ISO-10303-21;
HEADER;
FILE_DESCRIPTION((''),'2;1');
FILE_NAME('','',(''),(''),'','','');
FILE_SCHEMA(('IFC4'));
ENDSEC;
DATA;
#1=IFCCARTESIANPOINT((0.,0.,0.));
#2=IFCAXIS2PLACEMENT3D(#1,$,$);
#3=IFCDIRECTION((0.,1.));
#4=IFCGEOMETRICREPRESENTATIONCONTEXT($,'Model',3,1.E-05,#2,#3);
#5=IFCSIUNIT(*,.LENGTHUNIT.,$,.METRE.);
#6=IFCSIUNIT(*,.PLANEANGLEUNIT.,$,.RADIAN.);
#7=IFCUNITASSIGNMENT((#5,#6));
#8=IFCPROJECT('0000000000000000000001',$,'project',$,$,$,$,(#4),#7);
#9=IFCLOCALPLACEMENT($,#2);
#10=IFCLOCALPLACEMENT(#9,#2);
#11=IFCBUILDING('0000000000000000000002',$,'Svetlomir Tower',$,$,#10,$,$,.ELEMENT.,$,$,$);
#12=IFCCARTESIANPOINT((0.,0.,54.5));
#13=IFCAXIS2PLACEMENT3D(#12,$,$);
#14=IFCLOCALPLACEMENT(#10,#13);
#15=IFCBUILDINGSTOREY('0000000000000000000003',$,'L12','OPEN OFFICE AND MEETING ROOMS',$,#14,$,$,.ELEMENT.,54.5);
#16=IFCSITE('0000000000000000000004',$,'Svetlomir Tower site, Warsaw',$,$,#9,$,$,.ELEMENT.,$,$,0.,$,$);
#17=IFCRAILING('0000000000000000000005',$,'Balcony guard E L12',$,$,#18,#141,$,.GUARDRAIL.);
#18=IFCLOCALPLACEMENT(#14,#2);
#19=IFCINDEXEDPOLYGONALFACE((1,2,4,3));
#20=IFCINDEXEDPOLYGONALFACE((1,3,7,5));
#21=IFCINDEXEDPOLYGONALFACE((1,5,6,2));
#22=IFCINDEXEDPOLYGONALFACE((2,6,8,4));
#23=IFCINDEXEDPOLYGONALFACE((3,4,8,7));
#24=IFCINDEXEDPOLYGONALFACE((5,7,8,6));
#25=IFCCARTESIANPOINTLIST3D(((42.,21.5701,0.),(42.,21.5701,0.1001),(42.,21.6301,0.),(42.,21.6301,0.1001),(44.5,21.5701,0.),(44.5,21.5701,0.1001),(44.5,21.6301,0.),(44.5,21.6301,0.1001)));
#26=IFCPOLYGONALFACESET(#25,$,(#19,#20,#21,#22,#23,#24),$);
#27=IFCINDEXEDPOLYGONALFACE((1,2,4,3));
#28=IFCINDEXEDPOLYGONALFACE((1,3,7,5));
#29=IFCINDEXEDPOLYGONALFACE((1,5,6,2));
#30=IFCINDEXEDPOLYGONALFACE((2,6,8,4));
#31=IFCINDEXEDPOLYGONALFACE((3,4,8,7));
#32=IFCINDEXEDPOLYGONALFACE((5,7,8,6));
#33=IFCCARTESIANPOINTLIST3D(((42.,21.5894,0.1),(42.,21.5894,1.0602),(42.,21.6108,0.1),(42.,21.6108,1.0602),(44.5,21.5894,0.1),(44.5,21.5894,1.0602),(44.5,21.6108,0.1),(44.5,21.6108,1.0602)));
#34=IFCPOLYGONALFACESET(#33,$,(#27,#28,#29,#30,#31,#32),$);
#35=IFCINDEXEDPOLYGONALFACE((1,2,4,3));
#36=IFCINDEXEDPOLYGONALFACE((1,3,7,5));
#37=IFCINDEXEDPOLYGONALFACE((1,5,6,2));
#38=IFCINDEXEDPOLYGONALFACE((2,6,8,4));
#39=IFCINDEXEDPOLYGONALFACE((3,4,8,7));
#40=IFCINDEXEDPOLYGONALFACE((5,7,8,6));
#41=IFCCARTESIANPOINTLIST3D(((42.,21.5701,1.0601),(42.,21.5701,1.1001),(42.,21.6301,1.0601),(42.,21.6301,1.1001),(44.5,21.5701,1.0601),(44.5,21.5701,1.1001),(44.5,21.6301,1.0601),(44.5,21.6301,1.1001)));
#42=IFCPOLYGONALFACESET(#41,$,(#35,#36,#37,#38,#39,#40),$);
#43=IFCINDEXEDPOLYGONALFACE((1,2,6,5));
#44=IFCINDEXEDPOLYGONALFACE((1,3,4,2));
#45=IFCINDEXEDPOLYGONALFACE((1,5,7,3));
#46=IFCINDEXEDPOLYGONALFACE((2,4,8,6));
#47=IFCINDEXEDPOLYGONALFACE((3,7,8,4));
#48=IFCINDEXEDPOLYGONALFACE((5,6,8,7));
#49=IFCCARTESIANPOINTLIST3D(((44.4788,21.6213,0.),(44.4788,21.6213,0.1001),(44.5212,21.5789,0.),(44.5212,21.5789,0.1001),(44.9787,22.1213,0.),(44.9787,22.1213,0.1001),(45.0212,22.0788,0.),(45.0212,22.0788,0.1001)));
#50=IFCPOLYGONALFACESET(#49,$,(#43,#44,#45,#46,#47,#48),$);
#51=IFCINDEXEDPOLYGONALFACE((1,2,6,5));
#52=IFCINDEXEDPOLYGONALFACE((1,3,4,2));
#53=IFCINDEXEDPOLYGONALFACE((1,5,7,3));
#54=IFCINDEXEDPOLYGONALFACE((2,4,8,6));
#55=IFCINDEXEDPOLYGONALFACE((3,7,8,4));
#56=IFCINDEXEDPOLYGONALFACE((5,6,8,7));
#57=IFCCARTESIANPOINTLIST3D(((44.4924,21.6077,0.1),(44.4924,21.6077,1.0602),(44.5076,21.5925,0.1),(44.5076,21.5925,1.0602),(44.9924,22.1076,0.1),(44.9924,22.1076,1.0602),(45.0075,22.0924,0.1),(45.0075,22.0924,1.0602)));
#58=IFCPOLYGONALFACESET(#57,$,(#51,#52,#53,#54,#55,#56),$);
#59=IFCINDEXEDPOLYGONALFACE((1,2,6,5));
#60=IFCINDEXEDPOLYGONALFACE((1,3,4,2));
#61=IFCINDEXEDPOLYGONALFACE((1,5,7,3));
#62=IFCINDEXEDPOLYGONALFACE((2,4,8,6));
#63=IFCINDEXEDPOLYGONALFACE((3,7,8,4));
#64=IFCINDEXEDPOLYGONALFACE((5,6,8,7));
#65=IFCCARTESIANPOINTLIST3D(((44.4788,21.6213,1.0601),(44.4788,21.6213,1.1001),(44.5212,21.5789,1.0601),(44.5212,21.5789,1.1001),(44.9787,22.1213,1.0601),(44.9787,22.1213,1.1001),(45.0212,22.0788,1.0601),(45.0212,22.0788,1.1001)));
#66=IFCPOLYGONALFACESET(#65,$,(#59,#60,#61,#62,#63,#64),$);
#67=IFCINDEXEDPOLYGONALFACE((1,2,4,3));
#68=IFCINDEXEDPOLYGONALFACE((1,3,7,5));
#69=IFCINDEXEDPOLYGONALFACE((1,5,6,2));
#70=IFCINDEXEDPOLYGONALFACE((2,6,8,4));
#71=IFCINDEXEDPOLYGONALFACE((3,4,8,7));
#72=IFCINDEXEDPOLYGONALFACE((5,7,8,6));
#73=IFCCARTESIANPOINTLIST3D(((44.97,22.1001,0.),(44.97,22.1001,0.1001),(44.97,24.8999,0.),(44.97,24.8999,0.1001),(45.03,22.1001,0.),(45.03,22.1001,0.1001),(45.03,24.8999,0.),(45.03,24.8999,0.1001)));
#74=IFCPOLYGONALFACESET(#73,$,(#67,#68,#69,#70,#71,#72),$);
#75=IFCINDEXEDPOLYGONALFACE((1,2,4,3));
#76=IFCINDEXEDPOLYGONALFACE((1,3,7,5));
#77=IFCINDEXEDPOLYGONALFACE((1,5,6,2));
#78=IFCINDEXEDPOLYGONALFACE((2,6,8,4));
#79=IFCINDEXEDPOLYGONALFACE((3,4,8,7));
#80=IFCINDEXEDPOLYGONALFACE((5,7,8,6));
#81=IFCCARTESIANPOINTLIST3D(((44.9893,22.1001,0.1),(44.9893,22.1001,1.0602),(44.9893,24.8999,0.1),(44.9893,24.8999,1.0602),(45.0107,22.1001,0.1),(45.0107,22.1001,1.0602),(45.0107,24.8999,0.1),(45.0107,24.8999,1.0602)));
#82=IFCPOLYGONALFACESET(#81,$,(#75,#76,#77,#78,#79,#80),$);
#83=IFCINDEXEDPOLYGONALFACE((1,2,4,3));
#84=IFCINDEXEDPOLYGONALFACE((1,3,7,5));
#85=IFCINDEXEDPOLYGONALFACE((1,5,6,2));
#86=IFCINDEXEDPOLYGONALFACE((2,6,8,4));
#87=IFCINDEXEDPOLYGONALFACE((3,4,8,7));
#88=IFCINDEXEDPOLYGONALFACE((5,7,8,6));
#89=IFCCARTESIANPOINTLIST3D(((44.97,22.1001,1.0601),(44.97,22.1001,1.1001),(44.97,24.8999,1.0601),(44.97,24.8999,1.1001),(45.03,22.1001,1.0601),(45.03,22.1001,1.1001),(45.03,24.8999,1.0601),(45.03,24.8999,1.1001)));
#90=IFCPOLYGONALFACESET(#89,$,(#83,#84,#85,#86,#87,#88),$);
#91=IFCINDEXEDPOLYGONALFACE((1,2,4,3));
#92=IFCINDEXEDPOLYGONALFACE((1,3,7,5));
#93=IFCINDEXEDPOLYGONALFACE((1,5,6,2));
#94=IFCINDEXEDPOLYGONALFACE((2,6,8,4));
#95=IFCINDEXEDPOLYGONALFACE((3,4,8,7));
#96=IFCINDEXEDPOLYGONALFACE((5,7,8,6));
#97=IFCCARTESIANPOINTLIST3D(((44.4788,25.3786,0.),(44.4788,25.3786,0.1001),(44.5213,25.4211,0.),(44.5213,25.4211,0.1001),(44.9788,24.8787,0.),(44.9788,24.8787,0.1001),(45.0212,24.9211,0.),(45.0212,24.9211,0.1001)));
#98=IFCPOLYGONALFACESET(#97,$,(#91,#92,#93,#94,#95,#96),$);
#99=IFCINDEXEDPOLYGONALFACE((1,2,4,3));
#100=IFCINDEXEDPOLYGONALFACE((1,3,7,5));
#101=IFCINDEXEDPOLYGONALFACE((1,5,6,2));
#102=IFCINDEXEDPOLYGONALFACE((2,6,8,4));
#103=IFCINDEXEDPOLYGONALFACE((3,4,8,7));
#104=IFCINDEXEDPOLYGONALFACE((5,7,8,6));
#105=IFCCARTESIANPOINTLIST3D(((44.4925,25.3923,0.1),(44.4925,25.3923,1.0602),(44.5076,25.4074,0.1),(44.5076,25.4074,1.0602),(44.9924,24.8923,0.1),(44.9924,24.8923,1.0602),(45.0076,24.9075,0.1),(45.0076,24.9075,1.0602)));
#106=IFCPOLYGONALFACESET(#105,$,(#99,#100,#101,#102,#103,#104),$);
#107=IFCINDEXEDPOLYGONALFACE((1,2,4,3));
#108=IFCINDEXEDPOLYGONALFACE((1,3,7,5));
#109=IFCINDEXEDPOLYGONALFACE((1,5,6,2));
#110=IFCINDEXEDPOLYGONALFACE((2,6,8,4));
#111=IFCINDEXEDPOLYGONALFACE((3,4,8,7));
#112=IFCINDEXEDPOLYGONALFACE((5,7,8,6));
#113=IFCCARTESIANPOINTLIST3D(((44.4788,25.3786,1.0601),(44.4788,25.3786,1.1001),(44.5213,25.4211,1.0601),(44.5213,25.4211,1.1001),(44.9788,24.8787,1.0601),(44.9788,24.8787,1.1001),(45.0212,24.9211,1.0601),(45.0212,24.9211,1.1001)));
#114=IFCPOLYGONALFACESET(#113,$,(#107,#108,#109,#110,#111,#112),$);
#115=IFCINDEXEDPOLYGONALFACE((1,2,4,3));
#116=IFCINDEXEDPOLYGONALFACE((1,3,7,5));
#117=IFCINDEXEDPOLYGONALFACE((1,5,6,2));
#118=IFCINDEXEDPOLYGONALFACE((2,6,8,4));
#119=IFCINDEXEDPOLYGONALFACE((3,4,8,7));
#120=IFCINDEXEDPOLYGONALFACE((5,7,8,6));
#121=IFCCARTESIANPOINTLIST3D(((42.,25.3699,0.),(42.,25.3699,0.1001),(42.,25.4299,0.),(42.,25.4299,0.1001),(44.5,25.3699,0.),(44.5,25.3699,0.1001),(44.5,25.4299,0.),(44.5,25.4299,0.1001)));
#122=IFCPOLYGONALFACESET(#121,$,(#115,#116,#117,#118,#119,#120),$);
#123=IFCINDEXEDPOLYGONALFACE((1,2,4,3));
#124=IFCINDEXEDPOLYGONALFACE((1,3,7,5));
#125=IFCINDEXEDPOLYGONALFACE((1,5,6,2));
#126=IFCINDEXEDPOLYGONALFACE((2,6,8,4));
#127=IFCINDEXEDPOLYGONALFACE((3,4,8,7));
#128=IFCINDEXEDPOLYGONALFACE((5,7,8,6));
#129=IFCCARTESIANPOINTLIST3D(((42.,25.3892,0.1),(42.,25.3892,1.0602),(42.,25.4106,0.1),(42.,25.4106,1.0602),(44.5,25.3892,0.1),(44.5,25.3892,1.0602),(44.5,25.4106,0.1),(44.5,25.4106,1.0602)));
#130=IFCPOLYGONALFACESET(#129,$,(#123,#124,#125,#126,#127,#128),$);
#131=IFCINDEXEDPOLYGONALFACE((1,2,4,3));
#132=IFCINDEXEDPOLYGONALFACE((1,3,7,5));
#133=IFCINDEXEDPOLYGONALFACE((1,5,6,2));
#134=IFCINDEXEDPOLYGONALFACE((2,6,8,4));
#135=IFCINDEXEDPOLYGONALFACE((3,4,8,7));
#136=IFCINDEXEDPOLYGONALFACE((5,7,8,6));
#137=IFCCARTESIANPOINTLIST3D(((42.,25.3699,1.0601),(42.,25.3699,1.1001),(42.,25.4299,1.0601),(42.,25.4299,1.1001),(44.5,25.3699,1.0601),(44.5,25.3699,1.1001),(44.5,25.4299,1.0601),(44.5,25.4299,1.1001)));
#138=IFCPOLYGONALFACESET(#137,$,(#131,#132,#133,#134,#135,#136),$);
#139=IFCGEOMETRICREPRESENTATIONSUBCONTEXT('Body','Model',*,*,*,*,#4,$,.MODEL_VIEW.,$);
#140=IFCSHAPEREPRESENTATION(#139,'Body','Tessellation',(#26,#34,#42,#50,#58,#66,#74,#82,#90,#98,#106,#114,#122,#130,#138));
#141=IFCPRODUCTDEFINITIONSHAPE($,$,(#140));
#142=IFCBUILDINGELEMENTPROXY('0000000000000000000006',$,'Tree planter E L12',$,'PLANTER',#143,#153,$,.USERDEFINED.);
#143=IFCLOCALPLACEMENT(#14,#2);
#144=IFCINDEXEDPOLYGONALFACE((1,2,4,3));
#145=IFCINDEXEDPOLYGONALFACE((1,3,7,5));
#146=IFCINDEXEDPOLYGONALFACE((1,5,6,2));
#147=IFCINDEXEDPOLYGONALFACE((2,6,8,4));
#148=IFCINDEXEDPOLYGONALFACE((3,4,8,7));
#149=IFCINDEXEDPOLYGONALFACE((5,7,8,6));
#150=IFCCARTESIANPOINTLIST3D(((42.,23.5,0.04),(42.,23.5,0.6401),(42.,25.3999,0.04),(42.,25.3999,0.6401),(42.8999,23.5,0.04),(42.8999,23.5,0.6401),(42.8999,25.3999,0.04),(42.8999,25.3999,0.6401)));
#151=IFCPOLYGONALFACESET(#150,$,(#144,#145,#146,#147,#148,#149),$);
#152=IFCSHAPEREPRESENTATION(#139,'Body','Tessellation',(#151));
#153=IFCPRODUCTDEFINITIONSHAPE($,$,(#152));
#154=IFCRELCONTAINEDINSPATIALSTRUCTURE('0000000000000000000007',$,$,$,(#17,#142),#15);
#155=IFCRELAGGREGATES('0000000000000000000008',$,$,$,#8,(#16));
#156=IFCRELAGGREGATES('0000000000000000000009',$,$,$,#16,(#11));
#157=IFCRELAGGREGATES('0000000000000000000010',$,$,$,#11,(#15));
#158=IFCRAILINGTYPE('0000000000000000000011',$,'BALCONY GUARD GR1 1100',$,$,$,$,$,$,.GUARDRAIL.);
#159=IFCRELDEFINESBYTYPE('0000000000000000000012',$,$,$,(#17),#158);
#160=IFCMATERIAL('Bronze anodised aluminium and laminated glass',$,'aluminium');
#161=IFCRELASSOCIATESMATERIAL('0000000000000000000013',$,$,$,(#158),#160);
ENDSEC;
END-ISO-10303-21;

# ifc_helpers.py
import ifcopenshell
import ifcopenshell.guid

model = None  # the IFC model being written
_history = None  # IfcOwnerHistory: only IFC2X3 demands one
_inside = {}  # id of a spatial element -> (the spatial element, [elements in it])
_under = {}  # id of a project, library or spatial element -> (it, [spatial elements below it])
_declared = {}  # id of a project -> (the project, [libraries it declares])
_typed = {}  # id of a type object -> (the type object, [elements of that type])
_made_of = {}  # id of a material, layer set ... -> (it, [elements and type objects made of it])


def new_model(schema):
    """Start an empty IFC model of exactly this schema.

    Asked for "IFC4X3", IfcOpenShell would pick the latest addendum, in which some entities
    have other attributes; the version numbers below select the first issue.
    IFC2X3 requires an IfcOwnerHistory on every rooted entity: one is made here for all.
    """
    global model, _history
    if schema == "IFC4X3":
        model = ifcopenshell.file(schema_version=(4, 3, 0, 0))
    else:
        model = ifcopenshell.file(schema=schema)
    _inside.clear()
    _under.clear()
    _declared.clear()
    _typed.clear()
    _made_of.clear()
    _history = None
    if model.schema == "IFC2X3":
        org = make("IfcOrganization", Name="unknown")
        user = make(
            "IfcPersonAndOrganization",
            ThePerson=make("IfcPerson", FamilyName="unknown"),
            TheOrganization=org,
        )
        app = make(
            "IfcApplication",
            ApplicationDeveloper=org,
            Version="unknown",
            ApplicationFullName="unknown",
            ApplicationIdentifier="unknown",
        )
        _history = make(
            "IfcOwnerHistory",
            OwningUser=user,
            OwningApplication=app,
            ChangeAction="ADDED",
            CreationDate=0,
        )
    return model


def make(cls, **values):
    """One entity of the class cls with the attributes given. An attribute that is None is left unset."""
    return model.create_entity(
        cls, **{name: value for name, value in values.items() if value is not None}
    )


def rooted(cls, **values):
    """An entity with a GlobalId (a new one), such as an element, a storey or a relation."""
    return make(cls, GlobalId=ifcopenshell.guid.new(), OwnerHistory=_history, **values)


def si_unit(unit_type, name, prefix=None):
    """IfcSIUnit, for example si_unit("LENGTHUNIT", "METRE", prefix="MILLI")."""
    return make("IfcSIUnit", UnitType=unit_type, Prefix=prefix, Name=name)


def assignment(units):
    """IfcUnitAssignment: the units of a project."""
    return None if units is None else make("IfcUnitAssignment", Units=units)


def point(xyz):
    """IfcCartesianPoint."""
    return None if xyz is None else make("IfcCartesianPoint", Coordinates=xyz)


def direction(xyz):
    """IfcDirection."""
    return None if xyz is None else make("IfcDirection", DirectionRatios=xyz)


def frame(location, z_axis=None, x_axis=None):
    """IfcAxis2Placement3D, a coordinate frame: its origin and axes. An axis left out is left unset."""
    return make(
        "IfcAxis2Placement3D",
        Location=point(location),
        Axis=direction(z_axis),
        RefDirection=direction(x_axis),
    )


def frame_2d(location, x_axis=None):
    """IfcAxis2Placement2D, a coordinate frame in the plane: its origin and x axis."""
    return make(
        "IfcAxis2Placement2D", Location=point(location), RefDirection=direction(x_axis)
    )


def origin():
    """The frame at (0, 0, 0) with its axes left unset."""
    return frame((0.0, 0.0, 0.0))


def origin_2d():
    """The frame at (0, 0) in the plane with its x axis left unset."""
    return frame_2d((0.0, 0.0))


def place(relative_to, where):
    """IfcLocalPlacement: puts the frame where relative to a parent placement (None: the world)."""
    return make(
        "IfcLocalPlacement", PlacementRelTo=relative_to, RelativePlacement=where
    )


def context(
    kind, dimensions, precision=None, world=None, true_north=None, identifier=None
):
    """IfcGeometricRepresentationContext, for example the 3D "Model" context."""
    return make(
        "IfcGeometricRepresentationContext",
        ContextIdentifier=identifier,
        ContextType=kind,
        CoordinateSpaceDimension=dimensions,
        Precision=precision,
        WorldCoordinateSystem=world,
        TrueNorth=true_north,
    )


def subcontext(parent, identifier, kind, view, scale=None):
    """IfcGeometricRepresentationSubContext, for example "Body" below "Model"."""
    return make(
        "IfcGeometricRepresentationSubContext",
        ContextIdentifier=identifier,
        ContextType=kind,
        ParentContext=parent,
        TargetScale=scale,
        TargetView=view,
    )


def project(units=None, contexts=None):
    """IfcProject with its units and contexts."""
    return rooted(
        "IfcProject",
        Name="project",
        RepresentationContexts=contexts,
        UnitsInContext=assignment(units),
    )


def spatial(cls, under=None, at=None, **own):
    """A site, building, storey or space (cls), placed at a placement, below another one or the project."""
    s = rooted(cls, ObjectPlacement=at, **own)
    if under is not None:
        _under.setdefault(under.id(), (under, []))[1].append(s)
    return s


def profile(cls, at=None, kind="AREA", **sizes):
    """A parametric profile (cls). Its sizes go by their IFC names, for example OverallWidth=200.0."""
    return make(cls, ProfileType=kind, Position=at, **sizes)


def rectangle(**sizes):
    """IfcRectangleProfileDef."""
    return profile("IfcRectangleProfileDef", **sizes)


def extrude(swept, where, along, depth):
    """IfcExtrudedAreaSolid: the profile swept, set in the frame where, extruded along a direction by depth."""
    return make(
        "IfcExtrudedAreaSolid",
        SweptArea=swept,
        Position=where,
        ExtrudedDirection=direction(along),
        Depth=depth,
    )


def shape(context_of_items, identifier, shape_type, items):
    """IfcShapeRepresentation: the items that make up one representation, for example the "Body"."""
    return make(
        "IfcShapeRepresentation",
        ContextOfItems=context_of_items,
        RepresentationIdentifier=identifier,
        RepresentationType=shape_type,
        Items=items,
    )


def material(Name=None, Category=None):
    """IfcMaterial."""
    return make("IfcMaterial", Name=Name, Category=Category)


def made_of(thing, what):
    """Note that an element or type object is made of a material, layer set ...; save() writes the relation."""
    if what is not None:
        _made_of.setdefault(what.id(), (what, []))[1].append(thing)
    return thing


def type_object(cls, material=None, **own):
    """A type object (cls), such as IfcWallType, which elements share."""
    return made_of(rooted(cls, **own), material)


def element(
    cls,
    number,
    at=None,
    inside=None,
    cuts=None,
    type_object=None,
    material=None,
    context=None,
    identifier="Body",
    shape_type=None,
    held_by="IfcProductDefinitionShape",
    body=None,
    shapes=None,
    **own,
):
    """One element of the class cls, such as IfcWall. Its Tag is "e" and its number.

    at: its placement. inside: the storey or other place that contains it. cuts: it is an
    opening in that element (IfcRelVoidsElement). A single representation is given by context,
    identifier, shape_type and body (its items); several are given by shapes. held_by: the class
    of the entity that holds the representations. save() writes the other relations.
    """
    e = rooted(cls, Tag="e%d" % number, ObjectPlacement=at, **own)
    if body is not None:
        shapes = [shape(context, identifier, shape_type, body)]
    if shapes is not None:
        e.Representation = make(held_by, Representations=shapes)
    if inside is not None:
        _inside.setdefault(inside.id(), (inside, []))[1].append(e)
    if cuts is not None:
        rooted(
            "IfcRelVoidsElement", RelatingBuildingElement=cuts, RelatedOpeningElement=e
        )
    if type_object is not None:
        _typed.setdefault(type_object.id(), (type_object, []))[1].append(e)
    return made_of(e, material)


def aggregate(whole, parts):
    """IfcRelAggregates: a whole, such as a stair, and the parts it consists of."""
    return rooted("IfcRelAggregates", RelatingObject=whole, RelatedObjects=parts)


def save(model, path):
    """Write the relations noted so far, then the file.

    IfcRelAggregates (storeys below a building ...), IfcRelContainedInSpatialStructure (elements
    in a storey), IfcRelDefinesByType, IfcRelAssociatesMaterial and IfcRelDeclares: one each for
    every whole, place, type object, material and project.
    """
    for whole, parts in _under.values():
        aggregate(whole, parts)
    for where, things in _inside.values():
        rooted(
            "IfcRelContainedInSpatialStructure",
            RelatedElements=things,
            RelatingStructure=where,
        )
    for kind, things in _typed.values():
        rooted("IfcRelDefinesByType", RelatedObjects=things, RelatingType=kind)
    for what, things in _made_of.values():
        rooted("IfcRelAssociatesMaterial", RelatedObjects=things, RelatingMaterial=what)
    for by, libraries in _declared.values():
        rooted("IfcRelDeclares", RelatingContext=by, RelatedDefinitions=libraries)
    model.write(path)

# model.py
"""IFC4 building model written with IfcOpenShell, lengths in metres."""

from ifc_helpers import new_model, si_unit, direction, frame, origin, origin_2d, place, context, subcontext, project, spatial, rectangle, extrude, material, type_object, element, save


model = new_model("IFC4")

# Units and contexts
model_context = context("Model", 3, precision=1e-05, world=origin(), true_north=direction((0.0, 1.0)))
body_context = subcontext(model_context, "Body", "Model", "MODEL_VIEW")
ifc_project = project(units=[si_unit("LENGTHUNIT", "METRE"), si_unit("PLANEANGLEUNIT", "RADIAN")], contexts=[model_context])

# Site, building, storey
site_placement = place(None, origin())
site = spatial("IfcSite", under=ifc_project, at=site_placement, Name="Svetlomir Tower site, Warsaw", CompositionType="ELEMENT", RefElevation=0.0)
building_placement = place(site_placement, origin())
building = spatial("IfcBuilding", under=site, at=building_placement, Name="Svetlomir Tower", CompositionType="ELEMENT")
storey_placement = place(building_placement, frame((0.0, 0.0, 54.5)))
storey = spatial("IfcBuildingStorey", under=building, at=storey_placement, Name="L12", Description="OPEN OFFICE AND MEETING ROOMS", CompositionType="ELEMENT", Elevation=54.5)

# Railing
ifc_material_1 = material(Name="Bronze anodised aluminium and laminated glass", Category="aluminium")
railing_type = type_object("IfcRailingType", Name="BALCONY GUARD GR1 1100", PredefinedType="GUARDRAIL", material=ifc_material_1)
railing_placement = place(storey_placement, frame((42.0, 21.6001, 0.0)))
element("IfcRailing", 1, at=railing_placement, inside=storey, type_object=railing_type, Name="Balcony guard E L12", PredefinedType="GUARDRAIL", context=body_context, shape_type="SweptSolid", body=[
    extrude(rectangle(XDim=0.0601, YDim=0.1001, at=origin_2d()), frame((0.0, 0.0, 0.05), z_axis=(1.0, 0.0, 0.0), x_axis=(0.0, 1.0, 0.0)), (0.0, 0.0, 1.0), 2.5),
    extrude(rectangle(XDim=0.0215, YDim=0.9602, at=origin_2d()), frame((0.0, 0.0, 0.5801), z_axis=(1.0, 0.0, 0.0), x_axis=(0.0, 1.0, 0.0)), (0.0, 0.0, 1.0), 2.5),
    extrude(rectangle(XDim=0.0601, YDim=0.04, at=origin_2d()), frame((0.0, 0.0, 1.0801), z_axis=(1.0, 0.0, 0.0), x_axis=(0.0, 1.0, 0.0)), (0.0, 0.0, 1.0), 2.5),
    extrude(rectangle(XDim=0.0601, YDim=0.1001, at=origin_2d()), frame((2.5, 0.0, 0.05), z_axis=(0.707107, 0.707107, 0.0), x_axis=(-0.707107, 0.707107, 0.0)), (0.0, 0.0, 1.0), 0.707),
    extrude(rectangle(XDim=0.0215, YDim=0.9602, at=origin_2d()), frame((2.5, 0.0, 0.5801), z_axis=(0.707107, 0.707107, 0.0), x_axis=(-0.707107, 0.707107, 0.0)), (0.0, 0.0, 1.0), 0.707),
    extrude(rectangle(XDim=0.0601, YDim=0.04, at=origin_2d()), frame((2.5, 0.0, 1.0801), z_axis=(0.707107, 0.707107, 0.0), x_axis=(-0.707107, 0.707107, 0.0)), (0.0, 0.0, 1.0), 0.707),
    extrude(rectangle(XDim=0.0601, YDim=0.1001, at=origin_2d()), frame((3.0, 0.5, 0.05), z_axis=(0.0, 1.0, 0.0), x_axis=(-1.0, 0.0, 0.0)), (0.0, 0.0, 1.0), 2.7998),
    extrude(rectangle(XDim=0.0215, YDim=0.9602, at=origin_2d()), frame((3.0, 0.5, 0.5801), z_axis=(0.0, 1.0, 0.0), x_axis=(-1.0, 0.0, 0.0)), (0.0, 0.0, 1.0), 2.7998),
    extrude(rectangle(XDim=0.0601, YDim=0.04, at=origin_2d()), frame((3.0, 0.5, 1.0801), z_axis=(0.0, 1.0, 0.0), x_axis=(-1.0, 0.0, 0.0)), (0.0, 0.0, 1.0), 2.7998),
    extrude(rectangle(XDim=0.0601, YDim=0.1001, at=origin_2d()), frame((3.0, 3.2998, 0.05), z_axis=(-0.707107, 0.707107, 0.0), x_axis=(-0.707107, -0.707107, 0.0)), (0.0, 0.0, 1.0), 0.707),
    extrude(rectangle(XDim=0.0215, YDim=0.9602, at=origin_2d()), frame((3.0, 3.2998, 0.5801), z_axis=(-0.707107, 0.707107, 0.0), x_axis=(-0.707107, -0.707107, 0.0)), (0.0, 0.0, 1.0), 0.707),
    extrude(rectangle(XDim=0.0601, YDim=0.04, at=origin_2d()), frame((3.0, 3.2998, 1.0801), z_axis=(-0.707107, 0.707107, 0.0), x_axis=(-0.707107, -0.707107, 0.0)), (0.0, 0.0, 1.0), 0.707),
    extrude(rectangle(XDim=0.0601, YDim=0.1001, at=origin_2d()), frame((2.5, 3.7998, 0.05), z_axis=(-1.0, 0.0, 0.0), x_axis=(0.0, -1.0, 0.0)), (0.0, 0.0, 1.0), 2.5),
    extrude(rectangle(XDim=0.0215, YDim=0.9602, at=origin_2d()), frame((2.5, 3.7998, 0.5801), z_axis=(-1.0, 0.0, 0.0), x_axis=(0.0, -1.0, 0.0)), (0.0, 0.0, 1.0), 2.5),
    extrude(rectangle(XDim=0.0601, YDim=0.04, at=origin_2d()), frame((2.5, 3.7998, 1.0801), z_axis=(-1.0, 0.0, 0.0), x_axis=(0.0, -1.0, 0.0)), (0.0, 0.0, 1.0), 2.5),
])

# Building element proxy
proxy_placement = place(storey_placement, frame((42.45, 24.45, 0.04), z_axis=(0.0, 0.0, 1.0), x_axis=(1.0, 0.0, 0.0)))
element("IfcBuildingElementProxy", 2, at=proxy_placement, inside=storey, Name="Tree planter E L12", ObjectType="PLANTER", PredefinedType="USERDEFINED", context=body_context, shape_type="SweptSolid", body=[
    extrude(rectangle(XDim=0.8999, YDim=1.8999, at=origin_2d()), origin(), (0.0, 0.0, 1.0), 0.6001),
])

save(model, "model.ifc")
